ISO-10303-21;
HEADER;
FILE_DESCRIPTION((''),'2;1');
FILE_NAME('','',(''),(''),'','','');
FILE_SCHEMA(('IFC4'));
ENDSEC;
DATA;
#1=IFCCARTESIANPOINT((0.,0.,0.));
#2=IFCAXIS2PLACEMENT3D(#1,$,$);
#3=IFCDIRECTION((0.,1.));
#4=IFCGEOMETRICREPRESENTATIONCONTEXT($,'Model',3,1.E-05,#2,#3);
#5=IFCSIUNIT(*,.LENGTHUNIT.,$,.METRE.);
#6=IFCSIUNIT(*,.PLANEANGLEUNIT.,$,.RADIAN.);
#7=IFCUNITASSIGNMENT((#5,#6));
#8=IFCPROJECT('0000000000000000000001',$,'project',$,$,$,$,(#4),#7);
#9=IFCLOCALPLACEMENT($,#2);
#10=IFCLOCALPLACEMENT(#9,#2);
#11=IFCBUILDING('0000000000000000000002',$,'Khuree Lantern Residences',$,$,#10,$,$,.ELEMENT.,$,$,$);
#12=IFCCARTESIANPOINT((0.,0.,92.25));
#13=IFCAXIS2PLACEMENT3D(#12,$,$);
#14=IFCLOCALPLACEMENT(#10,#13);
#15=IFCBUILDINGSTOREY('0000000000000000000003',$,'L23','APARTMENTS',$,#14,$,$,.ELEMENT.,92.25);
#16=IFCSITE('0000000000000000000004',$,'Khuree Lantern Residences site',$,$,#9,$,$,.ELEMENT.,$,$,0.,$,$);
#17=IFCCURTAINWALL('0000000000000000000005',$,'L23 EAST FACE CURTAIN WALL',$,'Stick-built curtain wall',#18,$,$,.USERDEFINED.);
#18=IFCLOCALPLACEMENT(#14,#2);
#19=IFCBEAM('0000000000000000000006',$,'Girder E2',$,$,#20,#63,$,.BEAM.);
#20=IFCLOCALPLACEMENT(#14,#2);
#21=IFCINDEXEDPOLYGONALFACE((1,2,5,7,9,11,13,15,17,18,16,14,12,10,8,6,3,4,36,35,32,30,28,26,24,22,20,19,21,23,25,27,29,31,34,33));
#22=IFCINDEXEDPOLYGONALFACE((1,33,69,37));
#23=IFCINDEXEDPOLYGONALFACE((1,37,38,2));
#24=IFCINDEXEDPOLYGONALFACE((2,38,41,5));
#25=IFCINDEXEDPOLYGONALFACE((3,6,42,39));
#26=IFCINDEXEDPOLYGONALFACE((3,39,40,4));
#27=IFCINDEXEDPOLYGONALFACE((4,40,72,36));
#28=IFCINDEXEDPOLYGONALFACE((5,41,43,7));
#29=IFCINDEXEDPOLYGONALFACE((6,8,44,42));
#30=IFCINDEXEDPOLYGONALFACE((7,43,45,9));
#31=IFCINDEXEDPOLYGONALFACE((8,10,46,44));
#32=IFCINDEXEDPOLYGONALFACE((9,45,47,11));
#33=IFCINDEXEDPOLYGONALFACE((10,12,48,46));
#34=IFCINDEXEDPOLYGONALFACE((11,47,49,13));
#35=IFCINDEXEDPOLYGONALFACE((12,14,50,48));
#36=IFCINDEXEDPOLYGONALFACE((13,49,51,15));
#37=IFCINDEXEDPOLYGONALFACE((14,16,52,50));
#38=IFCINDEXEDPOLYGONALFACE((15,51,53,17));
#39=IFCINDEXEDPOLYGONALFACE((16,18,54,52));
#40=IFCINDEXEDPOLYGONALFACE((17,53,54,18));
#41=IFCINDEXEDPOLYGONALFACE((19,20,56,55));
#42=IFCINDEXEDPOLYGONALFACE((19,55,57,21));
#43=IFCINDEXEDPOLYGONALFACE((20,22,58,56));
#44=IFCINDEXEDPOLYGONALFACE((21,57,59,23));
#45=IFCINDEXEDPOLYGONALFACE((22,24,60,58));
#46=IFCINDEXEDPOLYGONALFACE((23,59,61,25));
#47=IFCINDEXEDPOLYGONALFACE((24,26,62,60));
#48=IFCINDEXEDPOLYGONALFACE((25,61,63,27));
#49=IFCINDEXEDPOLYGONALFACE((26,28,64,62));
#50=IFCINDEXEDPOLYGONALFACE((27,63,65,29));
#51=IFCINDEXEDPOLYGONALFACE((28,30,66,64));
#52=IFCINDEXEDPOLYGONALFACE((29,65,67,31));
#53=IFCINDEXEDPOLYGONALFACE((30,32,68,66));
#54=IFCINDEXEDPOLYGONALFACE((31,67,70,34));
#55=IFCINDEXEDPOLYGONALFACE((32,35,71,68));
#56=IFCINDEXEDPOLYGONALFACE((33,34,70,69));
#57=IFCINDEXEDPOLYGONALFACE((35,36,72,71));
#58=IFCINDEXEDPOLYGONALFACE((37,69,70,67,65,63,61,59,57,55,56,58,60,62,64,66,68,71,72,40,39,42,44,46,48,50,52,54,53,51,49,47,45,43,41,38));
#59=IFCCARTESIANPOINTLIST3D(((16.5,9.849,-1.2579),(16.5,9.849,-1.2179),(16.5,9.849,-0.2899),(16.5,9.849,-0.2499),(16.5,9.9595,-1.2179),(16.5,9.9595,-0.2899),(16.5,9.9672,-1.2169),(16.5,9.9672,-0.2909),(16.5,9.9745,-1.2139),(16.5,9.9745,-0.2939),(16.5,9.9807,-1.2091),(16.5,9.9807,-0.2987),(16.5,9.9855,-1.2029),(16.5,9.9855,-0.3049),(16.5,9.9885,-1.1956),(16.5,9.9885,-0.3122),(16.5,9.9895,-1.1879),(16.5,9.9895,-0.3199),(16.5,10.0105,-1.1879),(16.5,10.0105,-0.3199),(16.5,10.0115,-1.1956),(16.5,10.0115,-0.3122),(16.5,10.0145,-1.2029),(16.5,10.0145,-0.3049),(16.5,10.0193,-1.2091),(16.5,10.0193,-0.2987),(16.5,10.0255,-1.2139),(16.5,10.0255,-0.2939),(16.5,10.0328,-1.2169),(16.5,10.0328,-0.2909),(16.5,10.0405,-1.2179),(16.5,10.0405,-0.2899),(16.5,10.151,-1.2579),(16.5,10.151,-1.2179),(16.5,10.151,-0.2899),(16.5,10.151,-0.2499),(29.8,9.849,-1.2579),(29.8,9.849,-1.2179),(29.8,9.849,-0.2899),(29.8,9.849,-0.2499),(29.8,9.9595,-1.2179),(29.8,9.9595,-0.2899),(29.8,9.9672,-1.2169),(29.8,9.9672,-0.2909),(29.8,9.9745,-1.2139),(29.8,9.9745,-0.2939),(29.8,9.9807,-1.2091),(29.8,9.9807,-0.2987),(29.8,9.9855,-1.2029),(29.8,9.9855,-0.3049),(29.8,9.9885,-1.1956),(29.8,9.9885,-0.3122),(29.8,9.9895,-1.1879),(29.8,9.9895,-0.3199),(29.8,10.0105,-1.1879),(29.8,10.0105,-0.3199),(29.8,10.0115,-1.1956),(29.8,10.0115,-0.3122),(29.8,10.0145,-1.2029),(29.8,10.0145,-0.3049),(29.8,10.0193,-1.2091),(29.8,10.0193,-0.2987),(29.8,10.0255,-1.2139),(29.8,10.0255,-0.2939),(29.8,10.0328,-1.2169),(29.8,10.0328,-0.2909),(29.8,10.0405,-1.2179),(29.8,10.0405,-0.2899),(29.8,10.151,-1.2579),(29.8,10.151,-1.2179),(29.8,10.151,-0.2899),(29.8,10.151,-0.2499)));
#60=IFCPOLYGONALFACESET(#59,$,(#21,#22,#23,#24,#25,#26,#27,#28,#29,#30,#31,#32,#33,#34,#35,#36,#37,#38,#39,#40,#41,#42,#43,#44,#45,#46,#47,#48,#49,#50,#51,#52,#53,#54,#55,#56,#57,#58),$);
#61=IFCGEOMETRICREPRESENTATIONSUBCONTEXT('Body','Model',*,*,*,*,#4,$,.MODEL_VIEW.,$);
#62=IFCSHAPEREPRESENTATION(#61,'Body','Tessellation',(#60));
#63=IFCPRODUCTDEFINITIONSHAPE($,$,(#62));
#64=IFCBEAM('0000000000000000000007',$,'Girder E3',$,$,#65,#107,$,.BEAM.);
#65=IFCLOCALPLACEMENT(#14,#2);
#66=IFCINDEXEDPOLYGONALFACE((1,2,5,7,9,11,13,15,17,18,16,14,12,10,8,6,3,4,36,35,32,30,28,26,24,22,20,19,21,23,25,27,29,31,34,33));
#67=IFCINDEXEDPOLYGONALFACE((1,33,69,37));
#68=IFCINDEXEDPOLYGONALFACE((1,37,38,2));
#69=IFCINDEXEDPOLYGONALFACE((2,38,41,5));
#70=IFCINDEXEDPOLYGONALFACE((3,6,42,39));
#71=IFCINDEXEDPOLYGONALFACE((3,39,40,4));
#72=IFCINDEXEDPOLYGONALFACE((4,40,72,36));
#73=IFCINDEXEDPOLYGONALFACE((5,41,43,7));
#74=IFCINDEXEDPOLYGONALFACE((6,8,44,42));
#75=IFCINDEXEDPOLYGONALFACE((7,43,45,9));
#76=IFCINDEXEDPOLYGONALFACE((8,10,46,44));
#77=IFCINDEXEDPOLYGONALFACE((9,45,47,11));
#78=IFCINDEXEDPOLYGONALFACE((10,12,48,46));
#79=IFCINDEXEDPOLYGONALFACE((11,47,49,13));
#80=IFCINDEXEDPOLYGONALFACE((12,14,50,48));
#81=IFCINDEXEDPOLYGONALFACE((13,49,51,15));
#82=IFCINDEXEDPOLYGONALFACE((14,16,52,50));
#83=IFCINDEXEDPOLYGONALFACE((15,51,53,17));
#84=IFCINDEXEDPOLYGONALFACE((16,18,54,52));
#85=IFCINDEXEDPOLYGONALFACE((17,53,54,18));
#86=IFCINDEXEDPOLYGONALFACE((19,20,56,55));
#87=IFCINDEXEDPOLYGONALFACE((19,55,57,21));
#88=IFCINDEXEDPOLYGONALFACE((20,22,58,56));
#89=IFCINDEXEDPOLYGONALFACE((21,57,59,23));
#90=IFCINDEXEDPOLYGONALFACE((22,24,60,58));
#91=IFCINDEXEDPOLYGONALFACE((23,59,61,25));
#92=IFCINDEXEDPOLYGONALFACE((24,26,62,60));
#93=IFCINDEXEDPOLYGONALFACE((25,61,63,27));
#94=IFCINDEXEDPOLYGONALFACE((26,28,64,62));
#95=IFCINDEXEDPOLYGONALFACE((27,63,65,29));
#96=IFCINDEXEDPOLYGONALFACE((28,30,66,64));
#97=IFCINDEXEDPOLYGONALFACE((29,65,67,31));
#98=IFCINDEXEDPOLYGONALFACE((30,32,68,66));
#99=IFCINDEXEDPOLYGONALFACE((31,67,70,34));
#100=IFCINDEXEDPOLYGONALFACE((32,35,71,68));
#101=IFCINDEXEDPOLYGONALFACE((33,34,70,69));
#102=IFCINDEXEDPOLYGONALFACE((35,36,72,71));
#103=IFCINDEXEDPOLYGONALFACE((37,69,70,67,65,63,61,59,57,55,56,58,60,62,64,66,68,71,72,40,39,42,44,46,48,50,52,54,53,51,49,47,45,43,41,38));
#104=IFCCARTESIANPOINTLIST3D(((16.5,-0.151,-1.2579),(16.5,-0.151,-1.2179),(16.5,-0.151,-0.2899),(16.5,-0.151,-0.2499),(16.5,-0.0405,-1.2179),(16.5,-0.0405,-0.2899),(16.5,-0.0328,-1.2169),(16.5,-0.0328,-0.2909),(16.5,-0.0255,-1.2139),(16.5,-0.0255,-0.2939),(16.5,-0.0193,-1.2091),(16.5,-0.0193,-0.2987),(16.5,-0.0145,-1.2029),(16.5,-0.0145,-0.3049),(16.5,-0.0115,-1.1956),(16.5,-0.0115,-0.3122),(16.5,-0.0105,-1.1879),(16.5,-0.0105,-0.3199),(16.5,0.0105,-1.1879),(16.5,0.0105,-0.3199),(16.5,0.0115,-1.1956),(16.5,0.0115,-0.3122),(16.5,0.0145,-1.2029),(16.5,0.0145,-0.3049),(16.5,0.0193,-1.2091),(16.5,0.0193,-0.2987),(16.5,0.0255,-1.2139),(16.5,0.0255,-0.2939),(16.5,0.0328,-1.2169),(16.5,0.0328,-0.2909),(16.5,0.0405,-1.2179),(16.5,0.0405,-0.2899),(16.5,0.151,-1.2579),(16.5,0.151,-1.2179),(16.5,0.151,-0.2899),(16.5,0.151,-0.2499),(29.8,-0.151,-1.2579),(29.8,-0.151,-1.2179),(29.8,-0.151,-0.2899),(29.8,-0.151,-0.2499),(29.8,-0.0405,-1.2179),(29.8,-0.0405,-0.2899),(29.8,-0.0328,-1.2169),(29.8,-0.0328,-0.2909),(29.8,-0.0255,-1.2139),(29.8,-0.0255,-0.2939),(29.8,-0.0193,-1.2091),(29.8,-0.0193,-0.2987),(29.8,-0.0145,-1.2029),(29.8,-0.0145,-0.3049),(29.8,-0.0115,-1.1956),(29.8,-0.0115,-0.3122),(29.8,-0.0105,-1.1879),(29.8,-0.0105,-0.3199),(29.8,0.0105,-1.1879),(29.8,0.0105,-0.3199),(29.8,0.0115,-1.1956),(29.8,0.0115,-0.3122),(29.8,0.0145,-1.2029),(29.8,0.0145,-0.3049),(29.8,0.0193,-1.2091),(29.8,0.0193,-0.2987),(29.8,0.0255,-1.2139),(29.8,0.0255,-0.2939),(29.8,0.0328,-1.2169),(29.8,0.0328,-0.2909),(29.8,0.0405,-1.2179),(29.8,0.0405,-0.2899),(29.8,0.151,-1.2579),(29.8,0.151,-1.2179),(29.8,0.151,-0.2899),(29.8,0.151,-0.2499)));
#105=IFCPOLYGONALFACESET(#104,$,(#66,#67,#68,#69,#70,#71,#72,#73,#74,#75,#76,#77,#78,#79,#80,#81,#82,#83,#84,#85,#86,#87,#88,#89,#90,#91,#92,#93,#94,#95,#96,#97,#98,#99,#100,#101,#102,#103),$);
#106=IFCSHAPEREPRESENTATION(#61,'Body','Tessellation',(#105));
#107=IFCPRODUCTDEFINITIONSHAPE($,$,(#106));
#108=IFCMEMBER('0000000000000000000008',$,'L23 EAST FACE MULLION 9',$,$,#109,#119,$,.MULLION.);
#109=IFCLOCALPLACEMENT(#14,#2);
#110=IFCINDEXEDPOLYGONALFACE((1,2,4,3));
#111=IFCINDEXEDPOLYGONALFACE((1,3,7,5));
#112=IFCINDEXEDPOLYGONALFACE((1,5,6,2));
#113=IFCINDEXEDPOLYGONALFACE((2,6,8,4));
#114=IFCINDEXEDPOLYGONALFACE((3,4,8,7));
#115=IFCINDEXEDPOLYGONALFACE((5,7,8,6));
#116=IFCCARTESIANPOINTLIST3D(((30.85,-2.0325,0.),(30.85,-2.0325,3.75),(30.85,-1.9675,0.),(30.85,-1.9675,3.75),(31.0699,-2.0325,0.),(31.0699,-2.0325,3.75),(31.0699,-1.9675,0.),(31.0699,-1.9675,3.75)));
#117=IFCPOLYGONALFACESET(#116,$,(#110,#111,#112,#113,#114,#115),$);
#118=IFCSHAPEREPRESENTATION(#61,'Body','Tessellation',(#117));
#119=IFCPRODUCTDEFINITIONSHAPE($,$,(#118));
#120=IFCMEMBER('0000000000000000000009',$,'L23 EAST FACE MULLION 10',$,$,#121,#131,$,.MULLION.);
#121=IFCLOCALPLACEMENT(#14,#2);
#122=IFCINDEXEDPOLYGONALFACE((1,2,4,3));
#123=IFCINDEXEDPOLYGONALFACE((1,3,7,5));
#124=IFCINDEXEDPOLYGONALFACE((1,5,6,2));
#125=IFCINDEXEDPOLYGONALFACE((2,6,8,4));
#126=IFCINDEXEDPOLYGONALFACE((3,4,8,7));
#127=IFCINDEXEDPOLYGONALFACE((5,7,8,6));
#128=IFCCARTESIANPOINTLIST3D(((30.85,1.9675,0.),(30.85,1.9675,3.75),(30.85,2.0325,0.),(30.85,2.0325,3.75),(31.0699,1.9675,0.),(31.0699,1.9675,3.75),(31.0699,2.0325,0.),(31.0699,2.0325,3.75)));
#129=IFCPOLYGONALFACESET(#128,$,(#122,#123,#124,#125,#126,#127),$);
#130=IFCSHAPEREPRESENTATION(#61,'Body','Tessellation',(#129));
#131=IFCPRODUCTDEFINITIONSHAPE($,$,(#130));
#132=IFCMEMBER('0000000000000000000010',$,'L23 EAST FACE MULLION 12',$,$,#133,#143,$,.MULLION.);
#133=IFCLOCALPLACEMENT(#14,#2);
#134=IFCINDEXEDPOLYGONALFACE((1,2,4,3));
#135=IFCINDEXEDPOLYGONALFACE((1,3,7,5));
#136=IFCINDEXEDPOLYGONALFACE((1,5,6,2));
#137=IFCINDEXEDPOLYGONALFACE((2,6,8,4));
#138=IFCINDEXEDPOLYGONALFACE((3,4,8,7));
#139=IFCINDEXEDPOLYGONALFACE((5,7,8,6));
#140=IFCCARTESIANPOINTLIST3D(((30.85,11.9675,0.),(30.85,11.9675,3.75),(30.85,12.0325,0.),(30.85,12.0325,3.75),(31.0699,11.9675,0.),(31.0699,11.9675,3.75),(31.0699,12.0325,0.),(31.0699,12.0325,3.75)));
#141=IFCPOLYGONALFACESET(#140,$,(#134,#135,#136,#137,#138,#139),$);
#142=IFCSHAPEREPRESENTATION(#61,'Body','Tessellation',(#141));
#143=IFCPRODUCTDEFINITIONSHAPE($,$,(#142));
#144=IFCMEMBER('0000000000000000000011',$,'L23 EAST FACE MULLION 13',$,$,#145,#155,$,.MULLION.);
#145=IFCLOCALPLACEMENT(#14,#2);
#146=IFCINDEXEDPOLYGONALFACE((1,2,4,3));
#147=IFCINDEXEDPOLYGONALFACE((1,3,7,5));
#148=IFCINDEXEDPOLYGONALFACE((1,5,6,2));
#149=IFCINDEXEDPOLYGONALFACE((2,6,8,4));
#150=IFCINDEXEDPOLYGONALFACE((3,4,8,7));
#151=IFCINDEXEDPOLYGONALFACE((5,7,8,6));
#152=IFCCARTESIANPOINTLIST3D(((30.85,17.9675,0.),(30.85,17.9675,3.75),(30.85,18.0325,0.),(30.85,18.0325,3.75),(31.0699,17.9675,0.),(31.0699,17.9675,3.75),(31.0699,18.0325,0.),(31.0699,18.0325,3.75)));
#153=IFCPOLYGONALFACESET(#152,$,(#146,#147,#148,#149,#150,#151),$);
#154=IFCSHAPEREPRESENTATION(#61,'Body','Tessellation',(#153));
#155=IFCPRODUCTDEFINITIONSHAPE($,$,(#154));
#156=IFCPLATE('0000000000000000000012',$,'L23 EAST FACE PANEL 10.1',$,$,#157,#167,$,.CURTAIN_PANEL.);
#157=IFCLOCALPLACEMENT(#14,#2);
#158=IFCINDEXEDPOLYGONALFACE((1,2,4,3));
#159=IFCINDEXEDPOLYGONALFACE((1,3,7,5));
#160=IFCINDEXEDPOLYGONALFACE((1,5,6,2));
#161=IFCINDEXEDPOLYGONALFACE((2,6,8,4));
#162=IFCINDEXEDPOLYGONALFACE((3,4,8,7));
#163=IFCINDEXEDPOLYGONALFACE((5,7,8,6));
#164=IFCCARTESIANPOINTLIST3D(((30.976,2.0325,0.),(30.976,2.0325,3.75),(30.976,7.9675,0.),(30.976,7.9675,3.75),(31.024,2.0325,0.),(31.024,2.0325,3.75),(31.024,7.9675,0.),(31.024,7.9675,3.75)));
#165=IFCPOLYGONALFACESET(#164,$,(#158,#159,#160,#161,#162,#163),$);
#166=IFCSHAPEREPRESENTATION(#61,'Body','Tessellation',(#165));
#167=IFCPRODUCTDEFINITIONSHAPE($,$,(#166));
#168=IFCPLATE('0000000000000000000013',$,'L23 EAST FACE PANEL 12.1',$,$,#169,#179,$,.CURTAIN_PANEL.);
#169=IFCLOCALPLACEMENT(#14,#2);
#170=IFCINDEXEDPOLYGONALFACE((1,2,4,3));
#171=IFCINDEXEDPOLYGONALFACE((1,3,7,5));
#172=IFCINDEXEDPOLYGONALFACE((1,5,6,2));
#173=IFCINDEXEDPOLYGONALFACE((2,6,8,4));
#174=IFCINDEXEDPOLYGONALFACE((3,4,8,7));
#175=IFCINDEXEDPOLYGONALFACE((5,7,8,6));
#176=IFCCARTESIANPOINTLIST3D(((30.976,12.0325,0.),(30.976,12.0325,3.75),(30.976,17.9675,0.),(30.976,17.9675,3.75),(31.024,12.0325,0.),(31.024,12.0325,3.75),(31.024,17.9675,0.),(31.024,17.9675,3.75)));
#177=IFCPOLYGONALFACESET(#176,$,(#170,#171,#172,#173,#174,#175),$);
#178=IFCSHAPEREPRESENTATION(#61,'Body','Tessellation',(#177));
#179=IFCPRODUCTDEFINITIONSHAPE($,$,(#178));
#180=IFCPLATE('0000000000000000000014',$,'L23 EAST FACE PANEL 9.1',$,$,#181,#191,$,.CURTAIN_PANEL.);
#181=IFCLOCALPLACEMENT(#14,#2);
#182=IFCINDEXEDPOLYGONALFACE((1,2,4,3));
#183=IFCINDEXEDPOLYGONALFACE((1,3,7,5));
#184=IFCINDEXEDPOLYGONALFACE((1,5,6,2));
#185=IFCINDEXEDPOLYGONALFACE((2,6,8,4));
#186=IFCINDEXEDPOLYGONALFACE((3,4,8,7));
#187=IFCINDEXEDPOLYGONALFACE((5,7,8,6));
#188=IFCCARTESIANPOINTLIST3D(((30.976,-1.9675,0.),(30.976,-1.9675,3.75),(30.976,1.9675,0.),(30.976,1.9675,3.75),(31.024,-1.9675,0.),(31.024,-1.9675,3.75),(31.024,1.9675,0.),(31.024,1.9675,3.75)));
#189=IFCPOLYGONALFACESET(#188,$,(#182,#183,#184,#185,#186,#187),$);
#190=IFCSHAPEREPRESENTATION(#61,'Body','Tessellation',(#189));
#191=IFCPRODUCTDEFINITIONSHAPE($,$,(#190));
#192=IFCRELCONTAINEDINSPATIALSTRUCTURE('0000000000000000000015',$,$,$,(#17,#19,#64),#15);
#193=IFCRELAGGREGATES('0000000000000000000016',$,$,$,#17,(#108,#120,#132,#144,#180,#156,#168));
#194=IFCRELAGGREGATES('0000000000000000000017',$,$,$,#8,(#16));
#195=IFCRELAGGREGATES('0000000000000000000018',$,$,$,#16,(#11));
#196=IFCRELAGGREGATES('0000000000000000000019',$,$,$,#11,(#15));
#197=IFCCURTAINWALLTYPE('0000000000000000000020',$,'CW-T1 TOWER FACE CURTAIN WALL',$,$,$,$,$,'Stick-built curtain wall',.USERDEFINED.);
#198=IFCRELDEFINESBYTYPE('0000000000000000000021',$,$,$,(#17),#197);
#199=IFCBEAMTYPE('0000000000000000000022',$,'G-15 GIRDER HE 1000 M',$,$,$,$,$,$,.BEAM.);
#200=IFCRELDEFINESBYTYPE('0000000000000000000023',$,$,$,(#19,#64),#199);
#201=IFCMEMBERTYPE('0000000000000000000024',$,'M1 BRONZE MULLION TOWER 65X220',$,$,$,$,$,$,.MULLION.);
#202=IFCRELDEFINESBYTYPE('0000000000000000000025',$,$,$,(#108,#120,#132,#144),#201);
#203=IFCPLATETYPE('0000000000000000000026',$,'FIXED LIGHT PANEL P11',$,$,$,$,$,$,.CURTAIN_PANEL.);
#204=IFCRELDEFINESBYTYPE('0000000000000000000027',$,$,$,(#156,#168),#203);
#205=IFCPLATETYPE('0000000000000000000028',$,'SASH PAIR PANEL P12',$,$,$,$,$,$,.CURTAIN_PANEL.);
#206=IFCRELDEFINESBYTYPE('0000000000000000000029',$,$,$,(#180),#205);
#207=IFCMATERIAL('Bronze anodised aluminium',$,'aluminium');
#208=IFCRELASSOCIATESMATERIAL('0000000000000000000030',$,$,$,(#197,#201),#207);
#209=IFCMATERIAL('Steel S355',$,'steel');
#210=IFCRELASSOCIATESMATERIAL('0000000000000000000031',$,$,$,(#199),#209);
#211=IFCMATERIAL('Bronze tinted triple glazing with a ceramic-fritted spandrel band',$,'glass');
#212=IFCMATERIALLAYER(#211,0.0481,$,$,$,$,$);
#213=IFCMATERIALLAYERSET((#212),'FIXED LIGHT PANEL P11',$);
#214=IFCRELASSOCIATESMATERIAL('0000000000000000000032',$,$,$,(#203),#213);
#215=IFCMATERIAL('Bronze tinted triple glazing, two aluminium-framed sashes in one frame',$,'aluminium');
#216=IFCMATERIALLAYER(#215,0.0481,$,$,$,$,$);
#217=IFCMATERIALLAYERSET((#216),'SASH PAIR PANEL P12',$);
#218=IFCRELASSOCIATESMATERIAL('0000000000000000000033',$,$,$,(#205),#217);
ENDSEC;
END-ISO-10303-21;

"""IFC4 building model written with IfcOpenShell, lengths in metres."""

from ifc_helpers import new_model, si_unit, direction, frame, origin, origin_2d, place, context, subcontext, project, spatial, rectangle, i_section, extrude, material, layer, layer_set, material_profile, profile_set, type_object, element, aggregate, save


model = new_model("IFC4")

# Units and contexts
model_context = context("Model", 3, precision=1e-05, world=origin(), true_north=direction((0.0, 1.0)))
body_context = subcontext(model_context, "Body", "Model", "MODEL_VIEW")
ifc_project = project(units=[si_unit("LENGTHUNIT", "METRE"), si_unit("PLANEANGLEUNIT", "RADIAN")], contexts=[model_context])

# Site, building, storey
site_placement = place(None, origin())
site = spatial("IfcSite", under=ifc_project, at=site_placement, Name="Khuree Lantern Residences site", CompositionType="ELEMENT", RefElevation=0.0)
building_placement = place(site_placement, origin())
building = spatial("IfcBuilding", under=site, at=building_placement, Name="Khuree Lantern Residences", CompositionType="ELEMENT")
storey_placement = place(building_placement, frame((0.0, 0.0, 92.25)))
storey = spatial("IfcBuildingStorey", under=building, at=storey_placement, Name="L23", Description="APARTMENTS", CompositionType="ELEMENT", Elevation=92.25)

# Shared definitions
ifc_material_1 = material(Name="Steel S355", Category="steel")

# Curtain wall
ifc_material_2 = material(Name="Bronze anodised aluminium", Category="aluminium")
curtain_wall_type = type_object("IfcCurtainWallType", Name="CW-T1 TOWER FACE CURTAIN WALL", ElementType="Stick-built curtain wall", PredefinedType="USERDEFINED", material=ifc_material_2)
curtain_wall_placement = place(storey_placement, origin())
curtain_wall = element("IfcCurtainWall", 1, at=curtain_wall_placement, inside=storey, type_object=curtain_wall_type, Name="L23 EAST FACE CURTAIN WALL", ObjectType="Stick-built curtain wall", PredefinedType="USERDEFINED")

# Beams
ifc_material_profile_1 = material_profile(ifc_material_1, i_section(OverallWidth=0.302, OverallDepth=1.0081, WebThickness=0.021, FlangeThickness=0.04, FilletRadius=0.03, at=origin_2d()), Name="HE 1000 M")
ifc_profile_set_1 = profile_set([ifc_material_profile_1], Name="Steel S355")
beam_type_1 = type_object("IfcBeamType", Name="G-15 GIRDER HE 1000 M", PredefinedType="BEAM", material=ifc_profile_set_1)
for number, where, z_axis, x_axis, name in (
    (2, (29.8, 10.0, -0.7539), (-1.0, 0.0, 0.0), (0.0, -1.0, 0.0), "Girder E2"),
    (3, (29.8, 0.0, -0.7539), (-1.0, 0.0, 0.0), (0.0, -1.0, 0.0), "Girder E3"),
):
    element("IfcBeam", number, at=place(storey_placement, frame(where, z_axis=z_axis, x_axis=x_axis)), inside=storey, type_object=beam_type_1, Name=name, PredefinedType="BEAM", context=body_context, shape_type="SweptSolid", body=[
        extrude(i_section(OverallWidth=0.302, OverallDepth=1.0081, WebThickness=0.021, FlangeThickness=0.04, FilletRadius=0.03, at=origin_2d()), origin(), (0.0, 0.0, 1.0), 13.3),
    ])

# Members
ifc_material_profile_2 = material_profile(ifc_material_2, rectangle(XDim=0.0649, YDim=0.22, at=origin_2d()), Name="M1 65X220")
ifc_profile_set_2 = profile_set([ifc_material_profile_2], Name="Bronze anodised aluminium")
member_type_1 = type_object("IfcMemberType", Name="M1 BRONZE MULLION TOWER 65X220", PredefinedType="MULLION", material=ifc_profile_set_2)
member_1_placement = place(storey_placement, frame((30.96, -2.0, 0.0), z_axis=(0.0, 0.0, 1.0), x_axis=(0.0, 1.0, 0.0)))
member_1 = element("IfcMember", 4, at=member_1_placement, type_object=member_type_1, Name="L23 EAST FACE MULLION 9", PredefinedType="MULLION", context=body_context, shape_type="SweptSolid", body=[
    extrude(rectangle(XDim=0.0649, YDim=0.22, at=origin_2d()), origin(), (0.0, 0.0, 1.0), 3.75),
])
member_2_placement = place(storey_placement, frame((30.96, 2.0, 0.0), z_axis=(0.0, 0.0, 1.0), x_axis=(0.0, 1.0, 0.0)))
member_2 = element("IfcMember", 5, at=member_2_placement, type_object=member_type_1, Name="L23 EAST FACE MULLION 10", PredefinedType="MULLION", context=body_context, shape_type="SweptSolid", body=[
    extrude(rectangle(XDim=0.0649, YDim=0.22, at=origin_2d()), origin(), (0.0, 0.0, 1.0), 3.75),
])
member_3_placement = place(storey_placement, frame((30.96, 12.0, 0.0), z_axis=(0.0, 0.0, 1.0), x_axis=(0.0, 1.0, 0.0)))
member_3 = element("IfcMember", 6, at=member_3_placement, type_object=member_type_1, Name="L23 EAST FACE MULLION 12", PredefinedType="MULLION", context=body_context, shape_type="SweptSolid", body=[
    extrude(rectangle(XDim=0.0649, YDim=0.22, at=origin_2d()), origin(), (0.0, 0.0, 1.0), 3.75),
])
member_4_placement = place(storey_placement, frame((30.96, 18.0, 0.0), z_axis=(0.0, 0.0, 1.0), x_axis=(0.0, 1.0, 0.0)))
member_4 = element("IfcMember", 7, at=member_4_placement, type_object=member_type_1, Name="L23 EAST FACE MULLION 13", PredefinedType="MULLION", context=body_context, shape_type="SweptSolid", body=[
    extrude(rectangle(XDim=0.0649, YDim=0.22, at=origin_2d()), origin(), (0.0, 0.0, 1.0), 3.75),
])

# Plates
ifc_material_3 = material(Name="Bronze tinted triple glazing with a ceramic-fritted spandrel band", Category="glass")
ifc_layer_1 = layer(ifc_material_3, 0.0481)
ifc_layer_set_1 = layer_set([ifc_layer_1], Name="FIXED LIGHT PANEL P11")
plate_type_1 = type_object("IfcPlateType", Name="FIXED LIGHT PANEL P11", PredefinedType="CURTAIN_PANEL", material=ifc_layer_set_1)
plate_1_placement = place(storey_placement, frame((31.0, 5.0, 0.0), z_axis=(0.0, 0.0, 1.0), x_axis=(0.0, 1.0, 0.0)))
plate_1 = element("IfcPlate", 8, at=plate_1_placement, type_object=plate_type_1, Name="L23 EAST FACE PANEL 10.1", PredefinedType="CURTAIN_PANEL", context=body_context, shape_type="SweptSolid", body=[
    extrude(rectangle(XDim=5.9351, YDim=0.0481, at=origin_2d()), origin(), (0.0, 0.0, 1.0), 3.75),
])
plate_2_placement = place(storey_placement, frame((31.0, 15.0, 0.0), z_axis=(0.0, 0.0, 1.0), x_axis=(0.0, 1.0, 0.0)))
plate_2 = element("IfcPlate", 9, at=plate_2_placement, type_object=plate_type_1, Name="L23 EAST FACE PANEL 12.1", PredefinedType="CURTAIN_PANEL", context=body_context, shape_type="SweptSolid", body=[
    extrude(rectangle(XDim=5.9351, YDim=0.0481, at=origin_2d()), origin(), (0.0, 0.0, 1.0), 3.75),
])
ifc_material_4 = material(Name="Bronze tinted triple glazing, two aluminium-framed sashes in one frame", Category="aluminium")
ifc_layer_2 = layer(ifc_material_4, 0.0481)
ifc_layer_set_2 = layer_set([ifc_layer_2], Name="SASH PAIR PANEL P12")
plate_type_2 = type_object("IfcPlateType", Name="SASH PAIR PANEL P12", PredefinedType="CURTAIN_PANEL", material=ifc_layer_set_2)
plate_3_placement = place(storey_placement, frame((31.0, 0.0, 0.0), z_axis=(0.0, 0.0, 1.0), x_axis=(0.0, 1.0, 0.0)))
plate_3 = element("IfcPlate", 10, at=plate_3_placement, type_object=plate_type_2, Name="L23 EAST FACE PANEL 9.1", PredefinedType="CURTAIN_PANEL", context=body_context, shape_type="SweptSolid", body=[
    extrude(rectangle(XDim=3.9351, YDim=0.0481, at=origin_2d()), origin(), (0.0, 0.0, 1.0), 3.75),
])
aggregate(curtain_wall, [member_1, member_2, member_3, member_4, plate_3, plate_1, plate_2])

save(model, "model.ifc")
